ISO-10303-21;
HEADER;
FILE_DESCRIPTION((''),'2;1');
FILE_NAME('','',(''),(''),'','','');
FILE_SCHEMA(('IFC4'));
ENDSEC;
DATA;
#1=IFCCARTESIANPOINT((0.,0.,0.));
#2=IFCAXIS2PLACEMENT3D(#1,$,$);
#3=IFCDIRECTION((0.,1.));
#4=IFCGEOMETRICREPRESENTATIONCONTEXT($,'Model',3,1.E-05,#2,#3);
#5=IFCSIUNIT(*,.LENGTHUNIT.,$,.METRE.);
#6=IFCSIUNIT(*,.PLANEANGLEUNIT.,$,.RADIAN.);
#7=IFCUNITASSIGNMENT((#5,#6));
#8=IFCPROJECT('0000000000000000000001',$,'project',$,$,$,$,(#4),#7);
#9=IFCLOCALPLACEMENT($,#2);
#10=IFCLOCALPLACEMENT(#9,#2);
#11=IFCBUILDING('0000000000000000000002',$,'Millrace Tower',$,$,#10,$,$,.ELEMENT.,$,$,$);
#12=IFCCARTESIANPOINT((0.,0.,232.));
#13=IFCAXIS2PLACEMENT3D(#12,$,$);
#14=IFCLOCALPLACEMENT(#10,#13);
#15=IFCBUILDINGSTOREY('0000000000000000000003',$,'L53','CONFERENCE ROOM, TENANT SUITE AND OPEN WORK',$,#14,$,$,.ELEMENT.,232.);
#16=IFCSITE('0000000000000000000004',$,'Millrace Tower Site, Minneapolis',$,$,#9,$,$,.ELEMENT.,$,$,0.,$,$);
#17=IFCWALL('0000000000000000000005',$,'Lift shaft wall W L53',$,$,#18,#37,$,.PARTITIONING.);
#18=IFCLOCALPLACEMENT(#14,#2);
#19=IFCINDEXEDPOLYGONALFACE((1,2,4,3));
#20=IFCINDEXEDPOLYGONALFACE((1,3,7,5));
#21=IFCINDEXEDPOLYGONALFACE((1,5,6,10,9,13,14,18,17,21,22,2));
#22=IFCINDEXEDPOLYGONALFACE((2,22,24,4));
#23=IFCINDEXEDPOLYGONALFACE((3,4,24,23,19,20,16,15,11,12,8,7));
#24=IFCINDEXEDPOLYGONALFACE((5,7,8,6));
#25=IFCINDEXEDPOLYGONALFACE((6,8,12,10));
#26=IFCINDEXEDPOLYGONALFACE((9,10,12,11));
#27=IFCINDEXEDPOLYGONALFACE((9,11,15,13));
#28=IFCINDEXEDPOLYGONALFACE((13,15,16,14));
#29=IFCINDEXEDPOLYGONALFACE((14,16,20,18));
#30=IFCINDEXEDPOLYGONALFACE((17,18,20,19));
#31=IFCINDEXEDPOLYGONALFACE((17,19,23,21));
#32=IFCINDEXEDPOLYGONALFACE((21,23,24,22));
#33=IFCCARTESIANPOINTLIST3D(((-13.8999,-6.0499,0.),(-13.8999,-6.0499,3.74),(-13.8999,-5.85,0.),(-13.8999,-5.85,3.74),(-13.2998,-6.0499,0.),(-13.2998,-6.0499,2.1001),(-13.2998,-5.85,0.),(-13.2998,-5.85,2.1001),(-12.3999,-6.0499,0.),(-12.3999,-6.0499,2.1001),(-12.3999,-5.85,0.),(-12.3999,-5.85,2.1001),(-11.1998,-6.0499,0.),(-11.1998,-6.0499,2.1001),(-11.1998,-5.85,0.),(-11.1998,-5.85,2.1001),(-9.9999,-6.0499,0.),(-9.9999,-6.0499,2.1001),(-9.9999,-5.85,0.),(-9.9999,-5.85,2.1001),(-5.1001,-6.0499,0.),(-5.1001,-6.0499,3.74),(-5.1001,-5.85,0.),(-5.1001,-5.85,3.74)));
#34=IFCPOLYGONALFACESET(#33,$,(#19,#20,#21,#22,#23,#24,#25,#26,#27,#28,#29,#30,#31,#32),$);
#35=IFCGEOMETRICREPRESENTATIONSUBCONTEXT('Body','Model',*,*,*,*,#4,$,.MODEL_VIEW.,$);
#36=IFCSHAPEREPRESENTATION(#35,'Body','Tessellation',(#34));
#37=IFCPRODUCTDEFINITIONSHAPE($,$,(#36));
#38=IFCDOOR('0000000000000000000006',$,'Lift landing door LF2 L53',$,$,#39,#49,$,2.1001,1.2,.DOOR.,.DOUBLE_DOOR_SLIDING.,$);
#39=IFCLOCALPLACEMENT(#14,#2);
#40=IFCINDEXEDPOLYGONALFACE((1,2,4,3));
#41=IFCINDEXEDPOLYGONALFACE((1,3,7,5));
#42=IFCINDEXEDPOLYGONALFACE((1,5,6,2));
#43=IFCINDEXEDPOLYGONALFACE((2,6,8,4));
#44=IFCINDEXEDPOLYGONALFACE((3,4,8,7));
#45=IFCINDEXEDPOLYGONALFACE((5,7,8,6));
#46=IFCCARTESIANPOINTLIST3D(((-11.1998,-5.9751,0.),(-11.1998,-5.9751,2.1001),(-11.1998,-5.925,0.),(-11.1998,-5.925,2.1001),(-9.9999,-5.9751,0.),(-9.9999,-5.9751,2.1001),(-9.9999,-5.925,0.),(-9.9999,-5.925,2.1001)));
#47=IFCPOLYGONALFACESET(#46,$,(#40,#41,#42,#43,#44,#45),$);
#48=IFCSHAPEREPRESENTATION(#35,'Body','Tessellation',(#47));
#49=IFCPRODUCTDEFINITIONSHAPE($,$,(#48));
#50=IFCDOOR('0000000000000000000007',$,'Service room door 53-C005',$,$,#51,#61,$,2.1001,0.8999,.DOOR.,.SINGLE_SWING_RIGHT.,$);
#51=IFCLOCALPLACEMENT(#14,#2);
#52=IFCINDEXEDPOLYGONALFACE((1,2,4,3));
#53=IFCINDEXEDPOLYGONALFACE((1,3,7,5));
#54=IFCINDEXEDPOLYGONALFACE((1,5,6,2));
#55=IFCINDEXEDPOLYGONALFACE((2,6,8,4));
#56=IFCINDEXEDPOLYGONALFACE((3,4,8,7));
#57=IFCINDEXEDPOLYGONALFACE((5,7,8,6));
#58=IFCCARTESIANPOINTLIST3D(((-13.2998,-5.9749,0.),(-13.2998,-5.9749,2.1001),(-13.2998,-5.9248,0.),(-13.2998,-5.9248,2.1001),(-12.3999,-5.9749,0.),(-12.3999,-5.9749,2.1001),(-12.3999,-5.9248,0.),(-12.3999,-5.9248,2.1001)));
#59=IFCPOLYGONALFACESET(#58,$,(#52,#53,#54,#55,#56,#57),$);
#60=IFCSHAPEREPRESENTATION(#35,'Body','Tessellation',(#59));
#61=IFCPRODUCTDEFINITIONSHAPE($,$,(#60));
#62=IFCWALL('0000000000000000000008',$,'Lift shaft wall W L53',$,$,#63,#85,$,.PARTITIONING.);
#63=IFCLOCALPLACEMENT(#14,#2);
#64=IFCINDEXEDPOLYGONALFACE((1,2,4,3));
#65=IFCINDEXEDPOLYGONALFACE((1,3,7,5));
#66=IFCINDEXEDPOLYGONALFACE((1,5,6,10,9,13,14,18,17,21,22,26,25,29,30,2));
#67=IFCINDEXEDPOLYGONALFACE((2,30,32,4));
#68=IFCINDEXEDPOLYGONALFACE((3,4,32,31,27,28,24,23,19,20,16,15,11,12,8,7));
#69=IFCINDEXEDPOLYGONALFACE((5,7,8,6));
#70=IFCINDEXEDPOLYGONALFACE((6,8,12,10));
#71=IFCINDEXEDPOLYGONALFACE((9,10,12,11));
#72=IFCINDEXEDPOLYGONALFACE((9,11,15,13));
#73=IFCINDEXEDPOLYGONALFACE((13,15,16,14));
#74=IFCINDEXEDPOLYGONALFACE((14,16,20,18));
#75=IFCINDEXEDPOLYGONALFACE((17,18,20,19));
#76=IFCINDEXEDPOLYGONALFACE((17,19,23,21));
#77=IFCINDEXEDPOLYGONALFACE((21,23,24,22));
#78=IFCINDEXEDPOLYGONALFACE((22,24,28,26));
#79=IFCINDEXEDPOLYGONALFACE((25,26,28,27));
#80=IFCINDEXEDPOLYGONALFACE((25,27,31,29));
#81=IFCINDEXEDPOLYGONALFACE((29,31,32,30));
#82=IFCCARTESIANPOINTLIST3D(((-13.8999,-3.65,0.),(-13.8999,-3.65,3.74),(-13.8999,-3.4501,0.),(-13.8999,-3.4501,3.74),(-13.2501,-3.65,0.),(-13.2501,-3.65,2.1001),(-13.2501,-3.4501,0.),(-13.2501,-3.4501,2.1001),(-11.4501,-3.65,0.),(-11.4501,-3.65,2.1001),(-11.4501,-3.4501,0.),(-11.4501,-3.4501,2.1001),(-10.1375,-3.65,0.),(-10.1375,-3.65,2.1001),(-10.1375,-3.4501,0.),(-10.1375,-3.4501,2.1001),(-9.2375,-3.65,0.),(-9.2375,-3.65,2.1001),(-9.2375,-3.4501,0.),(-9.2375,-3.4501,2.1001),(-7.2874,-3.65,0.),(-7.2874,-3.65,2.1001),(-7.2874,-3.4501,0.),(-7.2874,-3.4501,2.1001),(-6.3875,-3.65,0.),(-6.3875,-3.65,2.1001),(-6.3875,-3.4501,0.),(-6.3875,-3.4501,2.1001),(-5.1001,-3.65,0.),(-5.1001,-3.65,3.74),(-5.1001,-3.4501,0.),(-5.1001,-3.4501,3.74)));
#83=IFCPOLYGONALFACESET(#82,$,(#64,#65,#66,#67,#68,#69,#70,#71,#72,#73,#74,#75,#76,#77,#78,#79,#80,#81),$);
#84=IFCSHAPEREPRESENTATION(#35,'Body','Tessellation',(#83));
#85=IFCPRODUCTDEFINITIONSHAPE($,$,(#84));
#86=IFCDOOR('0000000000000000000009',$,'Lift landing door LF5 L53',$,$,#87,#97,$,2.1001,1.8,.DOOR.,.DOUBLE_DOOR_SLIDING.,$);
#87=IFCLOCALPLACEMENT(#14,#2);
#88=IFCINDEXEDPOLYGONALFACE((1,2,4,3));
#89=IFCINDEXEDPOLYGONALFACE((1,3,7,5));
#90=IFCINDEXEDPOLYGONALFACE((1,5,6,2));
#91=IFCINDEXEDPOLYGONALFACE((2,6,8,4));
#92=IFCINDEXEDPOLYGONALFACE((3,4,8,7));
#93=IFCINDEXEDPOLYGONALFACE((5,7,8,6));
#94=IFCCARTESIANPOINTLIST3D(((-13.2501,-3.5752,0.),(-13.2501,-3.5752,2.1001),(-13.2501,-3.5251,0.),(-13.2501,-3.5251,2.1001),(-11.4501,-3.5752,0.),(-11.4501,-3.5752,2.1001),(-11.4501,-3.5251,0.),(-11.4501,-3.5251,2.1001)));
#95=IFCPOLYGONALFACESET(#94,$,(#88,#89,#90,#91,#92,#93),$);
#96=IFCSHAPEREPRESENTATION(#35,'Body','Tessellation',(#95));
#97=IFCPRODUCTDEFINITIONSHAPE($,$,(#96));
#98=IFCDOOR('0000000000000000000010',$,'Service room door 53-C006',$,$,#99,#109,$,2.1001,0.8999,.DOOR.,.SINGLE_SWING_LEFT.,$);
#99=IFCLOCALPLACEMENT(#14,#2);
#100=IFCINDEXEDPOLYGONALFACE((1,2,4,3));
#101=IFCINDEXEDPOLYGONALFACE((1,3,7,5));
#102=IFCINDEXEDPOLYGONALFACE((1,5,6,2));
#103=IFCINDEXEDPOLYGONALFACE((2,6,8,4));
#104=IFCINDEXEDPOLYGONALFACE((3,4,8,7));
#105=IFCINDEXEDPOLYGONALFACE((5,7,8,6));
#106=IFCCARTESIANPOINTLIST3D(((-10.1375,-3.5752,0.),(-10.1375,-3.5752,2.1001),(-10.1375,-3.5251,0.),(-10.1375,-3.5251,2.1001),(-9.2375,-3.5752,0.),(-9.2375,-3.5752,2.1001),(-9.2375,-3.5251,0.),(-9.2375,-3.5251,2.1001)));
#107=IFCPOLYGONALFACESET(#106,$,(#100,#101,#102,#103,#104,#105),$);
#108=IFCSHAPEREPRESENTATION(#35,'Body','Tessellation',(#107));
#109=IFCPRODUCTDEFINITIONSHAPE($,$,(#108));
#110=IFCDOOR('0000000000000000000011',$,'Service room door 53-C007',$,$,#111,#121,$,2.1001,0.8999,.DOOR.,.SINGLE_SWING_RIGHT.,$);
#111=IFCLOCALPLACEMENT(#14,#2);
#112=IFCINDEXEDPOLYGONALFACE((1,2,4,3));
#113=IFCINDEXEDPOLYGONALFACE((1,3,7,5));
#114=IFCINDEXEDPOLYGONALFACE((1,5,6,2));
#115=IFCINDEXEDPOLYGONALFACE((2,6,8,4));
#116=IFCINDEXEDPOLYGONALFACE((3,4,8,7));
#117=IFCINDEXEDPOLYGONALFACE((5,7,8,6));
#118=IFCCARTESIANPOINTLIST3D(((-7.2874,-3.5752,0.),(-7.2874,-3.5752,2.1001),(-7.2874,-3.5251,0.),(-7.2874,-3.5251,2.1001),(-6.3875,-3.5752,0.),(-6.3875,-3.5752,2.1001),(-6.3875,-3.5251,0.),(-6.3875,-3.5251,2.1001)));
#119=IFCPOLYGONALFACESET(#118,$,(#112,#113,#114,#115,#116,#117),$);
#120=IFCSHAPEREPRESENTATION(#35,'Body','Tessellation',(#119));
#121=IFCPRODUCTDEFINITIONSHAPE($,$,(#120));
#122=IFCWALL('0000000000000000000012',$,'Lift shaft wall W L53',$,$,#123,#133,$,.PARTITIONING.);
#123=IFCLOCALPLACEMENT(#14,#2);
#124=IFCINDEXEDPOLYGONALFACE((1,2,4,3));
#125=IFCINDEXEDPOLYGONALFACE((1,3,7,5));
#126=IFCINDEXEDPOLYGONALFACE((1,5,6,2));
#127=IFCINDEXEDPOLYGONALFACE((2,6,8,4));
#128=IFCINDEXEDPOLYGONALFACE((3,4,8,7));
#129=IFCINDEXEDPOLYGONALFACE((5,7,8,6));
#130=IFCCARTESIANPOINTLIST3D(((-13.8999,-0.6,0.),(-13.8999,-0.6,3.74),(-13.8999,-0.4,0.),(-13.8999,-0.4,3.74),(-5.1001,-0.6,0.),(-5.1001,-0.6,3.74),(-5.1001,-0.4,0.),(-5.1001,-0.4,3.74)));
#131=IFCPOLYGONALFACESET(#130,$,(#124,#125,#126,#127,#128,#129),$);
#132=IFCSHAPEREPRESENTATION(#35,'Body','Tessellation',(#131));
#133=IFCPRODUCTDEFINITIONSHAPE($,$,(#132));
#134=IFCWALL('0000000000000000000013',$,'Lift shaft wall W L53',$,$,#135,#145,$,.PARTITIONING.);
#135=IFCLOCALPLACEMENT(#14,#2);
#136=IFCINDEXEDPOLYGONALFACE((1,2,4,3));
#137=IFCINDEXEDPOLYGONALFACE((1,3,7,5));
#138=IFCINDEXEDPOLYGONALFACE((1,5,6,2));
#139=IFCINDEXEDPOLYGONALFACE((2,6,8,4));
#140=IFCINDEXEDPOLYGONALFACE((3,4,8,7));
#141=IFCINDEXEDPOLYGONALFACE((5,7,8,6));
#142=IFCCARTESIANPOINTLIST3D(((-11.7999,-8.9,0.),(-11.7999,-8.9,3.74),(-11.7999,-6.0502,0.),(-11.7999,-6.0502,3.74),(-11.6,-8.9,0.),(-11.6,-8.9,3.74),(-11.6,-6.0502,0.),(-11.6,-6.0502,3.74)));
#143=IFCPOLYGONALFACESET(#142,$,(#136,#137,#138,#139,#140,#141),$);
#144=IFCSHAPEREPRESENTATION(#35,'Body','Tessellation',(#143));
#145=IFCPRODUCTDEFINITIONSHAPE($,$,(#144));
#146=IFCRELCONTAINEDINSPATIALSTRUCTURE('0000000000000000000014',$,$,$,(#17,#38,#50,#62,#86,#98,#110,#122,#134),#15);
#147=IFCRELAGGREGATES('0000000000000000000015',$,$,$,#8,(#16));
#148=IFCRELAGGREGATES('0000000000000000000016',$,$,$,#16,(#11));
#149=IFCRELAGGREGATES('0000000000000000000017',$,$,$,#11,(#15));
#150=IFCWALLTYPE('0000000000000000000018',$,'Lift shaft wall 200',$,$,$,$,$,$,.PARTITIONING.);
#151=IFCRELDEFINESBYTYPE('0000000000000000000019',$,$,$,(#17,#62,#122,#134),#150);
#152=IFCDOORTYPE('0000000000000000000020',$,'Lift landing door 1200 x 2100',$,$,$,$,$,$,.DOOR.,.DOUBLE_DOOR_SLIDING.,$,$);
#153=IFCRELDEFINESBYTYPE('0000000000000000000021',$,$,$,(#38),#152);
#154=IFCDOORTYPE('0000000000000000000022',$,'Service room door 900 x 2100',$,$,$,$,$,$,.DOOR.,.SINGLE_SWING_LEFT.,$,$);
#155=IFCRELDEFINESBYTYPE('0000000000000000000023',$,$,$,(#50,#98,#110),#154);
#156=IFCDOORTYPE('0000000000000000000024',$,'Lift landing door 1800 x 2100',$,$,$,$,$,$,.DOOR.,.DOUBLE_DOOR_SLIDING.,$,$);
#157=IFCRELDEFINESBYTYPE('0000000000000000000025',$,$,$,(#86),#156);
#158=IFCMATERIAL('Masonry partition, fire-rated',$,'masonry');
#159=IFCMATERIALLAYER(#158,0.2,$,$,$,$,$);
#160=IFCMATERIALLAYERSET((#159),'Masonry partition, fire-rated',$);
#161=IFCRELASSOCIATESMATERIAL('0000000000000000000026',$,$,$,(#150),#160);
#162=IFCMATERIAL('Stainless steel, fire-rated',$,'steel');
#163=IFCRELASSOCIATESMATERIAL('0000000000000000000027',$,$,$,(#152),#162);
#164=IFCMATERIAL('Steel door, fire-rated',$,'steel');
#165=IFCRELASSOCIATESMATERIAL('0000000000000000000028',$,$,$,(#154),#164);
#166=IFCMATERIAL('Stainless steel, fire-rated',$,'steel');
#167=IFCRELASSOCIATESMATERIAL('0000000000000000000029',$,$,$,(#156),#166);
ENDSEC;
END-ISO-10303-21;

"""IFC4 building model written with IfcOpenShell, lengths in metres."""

from ifc_helpers import new_model, si_unit, direction, frame, frame_2d, origin, place, context, subcontext, project, spatial, rectangle, extrude, material, layer, layer_set, type_object, element, fill, save


model = new_model("IFC4")

# Units and contexts
model_context = context("Model", 3, precision=1e-05, world=origin(), true_north=direction((0.0, 1.0)))
body_context = subcontext(model_context, "Body", "Model", "MODEL_VIEW")
ifc_project = project(units=[si_unit("LENGTHUNIT", "METRE"), si_unit("PLANEANGLEUNIT", "RADIAN")], contexts=[model_context])

# Site, building, storey
site_placement = place(None, origin())
site = spatial("IfcSite", under=ifc_project, at=site_placement, Name="Millrace Tower Site, Minneapolis", CompositionType="ELEMENT", RefElevation=0.0)
building_placement = place(site_placement, origin())
building = spatial("IfcBuilding", under=site, at=building_placement, Name="Millrace Tower", CompositionType="ELEMENT")
storey_placement = place(building_placement, frame((0.0, 0.0, 232.0)))
storey = spatial("IfcBuildingStorey", under=building, at=storey_placement, Name="L53", Description="CONFERENCE ROOM, TENANT SUITE AND OPEN WORK", CompositionType="ELEMENT", Elevation=232.0)

# Walls, openings, doors
ifc_material_1 = material(Name="Masonry partition, fire-rated", Category="masonry")
ifc_layer_1 = layer(ifc_material_1, 0.2)
ifc_layer_set_1 = layer_set([ifc_layer_1], Name="Masonry partition, fire-rated")
wall_type_1 = type_object("IfcWallType", Name="Lift shaft wall 200", PredefinedType="PARTITIONING", material=ifc_layer_set_1)
wall_1_placement = place(storey_placement, frame((-13.8999, -5.95, 0.0), z_axis=(0.0, 0.0, 1.0), x_axis=(1.0, 0.0, 0.0)))
wall_1 = element("IfcWall", 1, at=wall_1_placement, inside=storey, type_object=wall_type_1, Name="Lift shaft wall W L53", PredefinedType="PARTITIONING", context=body_context, shape_type="SweptSolid", body=[
    extrude(rectangle(XDim=8.7998, YDim=0.2, at=frame_2d((4.3999, 0.0))), origin(), (0.0, 0.0, 1.0), 3.74),
])
opening_1_placement = place(wall_1_placement, frame((2.7, 0.0, 0.0)))
opening_1 = element("IfcOpeningElement", 2, at=opening_1_placement, cuts=wall_1, PredefinedType="OPENING", context=body_context, shape_type="SweptSolid", body=[
    extrude(rectangle(XDim=1.2, YDim=2.1001, at=frame_2d((0.6001, 1.05))), frame((0.0, 0.1099, 0.0), z_axis=(0.0, -1.0, 0.0), x_axis=(1.0, 0.0, 0.0)), (0.0, 0.0, 1.0), 0.22),
])
opening_2_placement = place(wall_1_placement, frame((0.6001, 0.0, 0.0)))
opening_2 = element("IfcOpeningElement", 3, at=opening_2_placement, cuts=wall_1, PredefinedType="OPENING", context=body_context, shape_type="SweptSolid", body=[
    extrude(rectangle(XDim=0.8999, YDim=2.1001, at=frame_2d((0.45, 1.05))), frame((0.0, 0.1099, 0.0), z_axis=(0.0, -1.0, 0.0), x_axis=(1.0, 0.0, 0.0)), (0.0, 0.0, 1.0), 0.22),
])
ifc_material_2 = material(Name="Stainless steel, fire-rated", Category="steel")
door_type_1 = type_object("IfcDoorType", Name="Lift landing door 1200 x 2100", OperationType="DOUBLE_DOOR_SLIDING", PredefinedType="DOOR", material=ifc_material_2)
door_1_placement = place(opening_1_placement, origin())
door_1 = element("IfcDoor", 4, at=door_1_placement, inside=storey, type_object=door_type_1, Name="Lift landing door LF2 L53", OperationType="DOUBLE_DOOR_SLIDING", OverallHeight=2.1001, OverallWidth=1.2, PredefinedType="DOOR", context=body_context, shape_type="SweptSolid", body=[
    extrude(rectangle(XDim=1.2, YDim=2.1001, at=frame_2d((0.6001, 1.05))), frame((0.0, 0.0249, 0.0), z_axis=(0.0, -1.0, 0.0), x_axis=(1.0, 0.0, 0.0)), (0.0, 0.0, 1.0), 0.05),
])
fill(opening_1, door_1)
ifc_material_3 = material(Name="Steel door, fire-rated", Category="steel")
door_type_2 = type_object("IfcDoorType", Name="Service room door 900 x 2100", OperationType="SINGLE_SWING_LEFT", PredefinedType="DOOR", material=ifc_material_3)
door_2_placement = place(opening_2_placement, frame((0.8999, 0.0, 0.0), z_axis=(0.0, 0.0, 1.0), x_axis=(-1.0, 0.0, 0.0)))
door_2 = element("IfcDoor", 5, at=door_2_placement, inside=storey, type_object=door_type_2, Name="Service room door 53-C005", OperationType="SINGLE_SWING_RIGHT", OverallHeight=2.1001, OverallWidth=0.8999, PredefinedType="DOOR", context=body_context, shape_type="SweptSolid", body=[
    extrude(rectangle(XDim=0.8999, YDim=2.1001, at=frame_2d((0.45, 1.05))), frame((0.0, 0.0249, 0.0), z_axis=(0.0, -1.0, 0.0), x_axis=(1.0, 0.0, 0.0)), (0.0, 0.0, 1.0), 0.05),
])
fill(opening_2, door_2)
wall_2_placement = place(storey_placement, frame((-13.8999, -3.55, 0.0), z_axis=(0.0, 0.0, 1.0), x_axis=(1.0, 0.0, 0.0)))
wall_2 = element("IfcWall", 6, at=wall_2_placement, inside=storey, type_object=wall_type_1, Name="Lift shaft wall W L53", PredefinedType="PARTITIONING", context=body_context, shape_type="SweptSolid", body=[
    extrude(rectangle(XDim=8.7998, YDim=0.2, at=frame_2d((4.3999, 0.0))), origin(), (0.0, 0.0, 1.0), 3.74),
])
opening_3_placement = place(wall_2_placement, frame((0.6499, 0.0, 0.0)))
opening_3 = element("IfcOpeningElement", 7, at=opening_3_placement, cuts=wall_2, PredefinedType="OPENING", context=body_context, shape_type="SweptSolid", body=[
    extrude(rectangle(XDim=1.8, YDim=2.1001, at=frame_2d((0.8999, 1.05))), frame((0.0, 0.1099, 0.0), z_axis=(0.0, -1.0, 0.0), x_axis=(1.0, 0.0, 0.0)), (0.0, 0.0, 1.0), 0.22),
])
opening_4_placement = place(wall_2_placement, frame((3.7625, 0.0, 0.0)))
opening_4 = element("IfcOpeningElement", 8, at=opening_4_placement, cuts=wall_2, PredefinedType="OPENING", context=body_context, shape_type="SweptSolid", body=[
    extrude(rectangle(XDim=0.8999, YDim=2.1001, at=frame_2d((0.45, 1.05))), frame((0.0, 0.1099, 0.0), z_axis=(0.0, -1.0, 0.0), x_axis=(1.0, 0.0, 0.0)), (0.0, 0.0, 1.0), 0.22),
])
opening_5_placement = place(wall_2_placement, frame((6.6125, 0.0, 0.0)))
opening_5 = element("IfcOpeningElement", 9, at=opening_5_placement, cuts=wall_2, PredefinedType="OPENING", context=body_context, shape_type="SweptSolid", body=[
    extrude(rectangle(XDim=0.8999, YDim=2.1001, at=frame_2d((0.45, 1.05))), frame((0.0, 0.1099, 0.0), z_axis=(0.0, -1.0, 0.0), x_axis=(1.0, 0.0, 0.0)), (0.0, 0.0, 1.0), 0.22),
])
ifc_material_4 = material(Name="Stainless steel, fire-rated", Category="steel")
door_type_3 = type_object("IfcDoorType", Name="Lift landing door 1800 x 2100", OperationType="DOUBLE_DOOR_SLIDING", PredefinedType="DOOR", material=ifc_material_4)
door_3_placement = place(opening_3_placement, origin())
door_3 = element("IfcDoor", 10, at=door_3_placement, inside=storey, type_object=door_type_3, Name="Lift landing door LF5 L53", OperationType="DOUBLE_DOOR_SLIDING", OverallHeight=2.1001, OverallWidth=1.8, PredefinedType="DOOR", context=body_context, shape_type="SweptSolid", body=[
    extrude(rectangle(XDim=1.8, YDim=2.1001, at=frame_2d((0.8999, 1.05))), frame((0.0, 0.0249, 0.0), z_axis=(0.0, -1.0, 0.0), x_axis=(1.0, 0.0, 0.0)), (0.0, 0.0, 1.0), 0.05),
])
fill(opening_3, door_3)
door_4_placement = place(opening_4_placement, origin())
door_4 = element("IfcDoor", 11, at=door_4_placement, inside=storey, type_object=door_type_2, Name="Service room door 53-C006", OperationType="SINGLE_SWING_LEFT", OverallHeight=2.1001, OverallWidth=0.8999, PredefinedType="DOOR", context=body_context, shape_type="SweptSolid", body=[
    extrude(rectangle(XDim=0.8999, YDim=2.1001, at=frame_2d((0.45, 1.05))), frame((0.0, 0.0249, 0.0), z_axis=(0.0, -1.0, 0.0), x_axis=(1.0, 0.0, 0.0)), (0.0, 0.0, 1.0), 0.05),
])
fill(opening_4, door_4)
door_5_placement = place(opening_5_placement, origin())
door_5 = element("IfcDoor", 12, at=door_5_placement, inside=storey, type_object=door_type_2, Name="Service room door 53-C007", OperationType="SINGLE_SWING_RIGHT", OverallHeight=2.1001, OverallWidth=0.8999, PredefinedType="DOOR", context=body_context, shape_type="SweptSolid", body=[
    extrude(rectangle(XDim=0.8999, YDim=2.1001, at=frame_2d((0.45, 1.05))), frame((0.0, 0.0249, 0.0), z_axis=(0.0, -1.0, 0.0), x_axis=(1.0, 0.0, 0.0)), (0.0, 0.0, 1.0), 0.05),
])
fill(opening_5, door_5)

# Walls
wall_3_placement = place(storey_placement, frame((-13.8999, -0.5, 0.0), z_axis=(0.0, 0.0, 1.0), x_axis=(1.0, 0.0, 0.0)))
element("IfcWall", 13, at=wall_3_placement, inside=storey, type_object=wall_type_1, Name="Lift shaft wall W L53", PredefinedType="PARTITIONING", context=body_context, shape_type="SweptSolid", body=[
    extrude(rectangle(XDim=8.7998, YDim=0.2, at=frame_2d((4.3999, 0.0))), origin(), (0.0, 0.0, 1.0), 3.74),
])
wall_4_placement = place(storey_placement, frame((-11.7, -8.8999, 0.0), z_axis=(0.0, 0.0, 1.0), x_axis=(0.0, 1.0, 0.0)))
element("IfcWall", 14, at=wall_4_placement, inside=storey, type_object=wall_type_1, Name="Lift shaft wall W L53", PredefinedType="PARTITIONING", context=body_context, shape_type="SweptSolid", body=[
    extrude(rectangle(XDim=2.8499, YDim=0.2, at=frame_2d((1.4248, 0.0))), origin(), (0.0, 0.0, 1.0), 3.74),
])

save(model, "model.ifc")
